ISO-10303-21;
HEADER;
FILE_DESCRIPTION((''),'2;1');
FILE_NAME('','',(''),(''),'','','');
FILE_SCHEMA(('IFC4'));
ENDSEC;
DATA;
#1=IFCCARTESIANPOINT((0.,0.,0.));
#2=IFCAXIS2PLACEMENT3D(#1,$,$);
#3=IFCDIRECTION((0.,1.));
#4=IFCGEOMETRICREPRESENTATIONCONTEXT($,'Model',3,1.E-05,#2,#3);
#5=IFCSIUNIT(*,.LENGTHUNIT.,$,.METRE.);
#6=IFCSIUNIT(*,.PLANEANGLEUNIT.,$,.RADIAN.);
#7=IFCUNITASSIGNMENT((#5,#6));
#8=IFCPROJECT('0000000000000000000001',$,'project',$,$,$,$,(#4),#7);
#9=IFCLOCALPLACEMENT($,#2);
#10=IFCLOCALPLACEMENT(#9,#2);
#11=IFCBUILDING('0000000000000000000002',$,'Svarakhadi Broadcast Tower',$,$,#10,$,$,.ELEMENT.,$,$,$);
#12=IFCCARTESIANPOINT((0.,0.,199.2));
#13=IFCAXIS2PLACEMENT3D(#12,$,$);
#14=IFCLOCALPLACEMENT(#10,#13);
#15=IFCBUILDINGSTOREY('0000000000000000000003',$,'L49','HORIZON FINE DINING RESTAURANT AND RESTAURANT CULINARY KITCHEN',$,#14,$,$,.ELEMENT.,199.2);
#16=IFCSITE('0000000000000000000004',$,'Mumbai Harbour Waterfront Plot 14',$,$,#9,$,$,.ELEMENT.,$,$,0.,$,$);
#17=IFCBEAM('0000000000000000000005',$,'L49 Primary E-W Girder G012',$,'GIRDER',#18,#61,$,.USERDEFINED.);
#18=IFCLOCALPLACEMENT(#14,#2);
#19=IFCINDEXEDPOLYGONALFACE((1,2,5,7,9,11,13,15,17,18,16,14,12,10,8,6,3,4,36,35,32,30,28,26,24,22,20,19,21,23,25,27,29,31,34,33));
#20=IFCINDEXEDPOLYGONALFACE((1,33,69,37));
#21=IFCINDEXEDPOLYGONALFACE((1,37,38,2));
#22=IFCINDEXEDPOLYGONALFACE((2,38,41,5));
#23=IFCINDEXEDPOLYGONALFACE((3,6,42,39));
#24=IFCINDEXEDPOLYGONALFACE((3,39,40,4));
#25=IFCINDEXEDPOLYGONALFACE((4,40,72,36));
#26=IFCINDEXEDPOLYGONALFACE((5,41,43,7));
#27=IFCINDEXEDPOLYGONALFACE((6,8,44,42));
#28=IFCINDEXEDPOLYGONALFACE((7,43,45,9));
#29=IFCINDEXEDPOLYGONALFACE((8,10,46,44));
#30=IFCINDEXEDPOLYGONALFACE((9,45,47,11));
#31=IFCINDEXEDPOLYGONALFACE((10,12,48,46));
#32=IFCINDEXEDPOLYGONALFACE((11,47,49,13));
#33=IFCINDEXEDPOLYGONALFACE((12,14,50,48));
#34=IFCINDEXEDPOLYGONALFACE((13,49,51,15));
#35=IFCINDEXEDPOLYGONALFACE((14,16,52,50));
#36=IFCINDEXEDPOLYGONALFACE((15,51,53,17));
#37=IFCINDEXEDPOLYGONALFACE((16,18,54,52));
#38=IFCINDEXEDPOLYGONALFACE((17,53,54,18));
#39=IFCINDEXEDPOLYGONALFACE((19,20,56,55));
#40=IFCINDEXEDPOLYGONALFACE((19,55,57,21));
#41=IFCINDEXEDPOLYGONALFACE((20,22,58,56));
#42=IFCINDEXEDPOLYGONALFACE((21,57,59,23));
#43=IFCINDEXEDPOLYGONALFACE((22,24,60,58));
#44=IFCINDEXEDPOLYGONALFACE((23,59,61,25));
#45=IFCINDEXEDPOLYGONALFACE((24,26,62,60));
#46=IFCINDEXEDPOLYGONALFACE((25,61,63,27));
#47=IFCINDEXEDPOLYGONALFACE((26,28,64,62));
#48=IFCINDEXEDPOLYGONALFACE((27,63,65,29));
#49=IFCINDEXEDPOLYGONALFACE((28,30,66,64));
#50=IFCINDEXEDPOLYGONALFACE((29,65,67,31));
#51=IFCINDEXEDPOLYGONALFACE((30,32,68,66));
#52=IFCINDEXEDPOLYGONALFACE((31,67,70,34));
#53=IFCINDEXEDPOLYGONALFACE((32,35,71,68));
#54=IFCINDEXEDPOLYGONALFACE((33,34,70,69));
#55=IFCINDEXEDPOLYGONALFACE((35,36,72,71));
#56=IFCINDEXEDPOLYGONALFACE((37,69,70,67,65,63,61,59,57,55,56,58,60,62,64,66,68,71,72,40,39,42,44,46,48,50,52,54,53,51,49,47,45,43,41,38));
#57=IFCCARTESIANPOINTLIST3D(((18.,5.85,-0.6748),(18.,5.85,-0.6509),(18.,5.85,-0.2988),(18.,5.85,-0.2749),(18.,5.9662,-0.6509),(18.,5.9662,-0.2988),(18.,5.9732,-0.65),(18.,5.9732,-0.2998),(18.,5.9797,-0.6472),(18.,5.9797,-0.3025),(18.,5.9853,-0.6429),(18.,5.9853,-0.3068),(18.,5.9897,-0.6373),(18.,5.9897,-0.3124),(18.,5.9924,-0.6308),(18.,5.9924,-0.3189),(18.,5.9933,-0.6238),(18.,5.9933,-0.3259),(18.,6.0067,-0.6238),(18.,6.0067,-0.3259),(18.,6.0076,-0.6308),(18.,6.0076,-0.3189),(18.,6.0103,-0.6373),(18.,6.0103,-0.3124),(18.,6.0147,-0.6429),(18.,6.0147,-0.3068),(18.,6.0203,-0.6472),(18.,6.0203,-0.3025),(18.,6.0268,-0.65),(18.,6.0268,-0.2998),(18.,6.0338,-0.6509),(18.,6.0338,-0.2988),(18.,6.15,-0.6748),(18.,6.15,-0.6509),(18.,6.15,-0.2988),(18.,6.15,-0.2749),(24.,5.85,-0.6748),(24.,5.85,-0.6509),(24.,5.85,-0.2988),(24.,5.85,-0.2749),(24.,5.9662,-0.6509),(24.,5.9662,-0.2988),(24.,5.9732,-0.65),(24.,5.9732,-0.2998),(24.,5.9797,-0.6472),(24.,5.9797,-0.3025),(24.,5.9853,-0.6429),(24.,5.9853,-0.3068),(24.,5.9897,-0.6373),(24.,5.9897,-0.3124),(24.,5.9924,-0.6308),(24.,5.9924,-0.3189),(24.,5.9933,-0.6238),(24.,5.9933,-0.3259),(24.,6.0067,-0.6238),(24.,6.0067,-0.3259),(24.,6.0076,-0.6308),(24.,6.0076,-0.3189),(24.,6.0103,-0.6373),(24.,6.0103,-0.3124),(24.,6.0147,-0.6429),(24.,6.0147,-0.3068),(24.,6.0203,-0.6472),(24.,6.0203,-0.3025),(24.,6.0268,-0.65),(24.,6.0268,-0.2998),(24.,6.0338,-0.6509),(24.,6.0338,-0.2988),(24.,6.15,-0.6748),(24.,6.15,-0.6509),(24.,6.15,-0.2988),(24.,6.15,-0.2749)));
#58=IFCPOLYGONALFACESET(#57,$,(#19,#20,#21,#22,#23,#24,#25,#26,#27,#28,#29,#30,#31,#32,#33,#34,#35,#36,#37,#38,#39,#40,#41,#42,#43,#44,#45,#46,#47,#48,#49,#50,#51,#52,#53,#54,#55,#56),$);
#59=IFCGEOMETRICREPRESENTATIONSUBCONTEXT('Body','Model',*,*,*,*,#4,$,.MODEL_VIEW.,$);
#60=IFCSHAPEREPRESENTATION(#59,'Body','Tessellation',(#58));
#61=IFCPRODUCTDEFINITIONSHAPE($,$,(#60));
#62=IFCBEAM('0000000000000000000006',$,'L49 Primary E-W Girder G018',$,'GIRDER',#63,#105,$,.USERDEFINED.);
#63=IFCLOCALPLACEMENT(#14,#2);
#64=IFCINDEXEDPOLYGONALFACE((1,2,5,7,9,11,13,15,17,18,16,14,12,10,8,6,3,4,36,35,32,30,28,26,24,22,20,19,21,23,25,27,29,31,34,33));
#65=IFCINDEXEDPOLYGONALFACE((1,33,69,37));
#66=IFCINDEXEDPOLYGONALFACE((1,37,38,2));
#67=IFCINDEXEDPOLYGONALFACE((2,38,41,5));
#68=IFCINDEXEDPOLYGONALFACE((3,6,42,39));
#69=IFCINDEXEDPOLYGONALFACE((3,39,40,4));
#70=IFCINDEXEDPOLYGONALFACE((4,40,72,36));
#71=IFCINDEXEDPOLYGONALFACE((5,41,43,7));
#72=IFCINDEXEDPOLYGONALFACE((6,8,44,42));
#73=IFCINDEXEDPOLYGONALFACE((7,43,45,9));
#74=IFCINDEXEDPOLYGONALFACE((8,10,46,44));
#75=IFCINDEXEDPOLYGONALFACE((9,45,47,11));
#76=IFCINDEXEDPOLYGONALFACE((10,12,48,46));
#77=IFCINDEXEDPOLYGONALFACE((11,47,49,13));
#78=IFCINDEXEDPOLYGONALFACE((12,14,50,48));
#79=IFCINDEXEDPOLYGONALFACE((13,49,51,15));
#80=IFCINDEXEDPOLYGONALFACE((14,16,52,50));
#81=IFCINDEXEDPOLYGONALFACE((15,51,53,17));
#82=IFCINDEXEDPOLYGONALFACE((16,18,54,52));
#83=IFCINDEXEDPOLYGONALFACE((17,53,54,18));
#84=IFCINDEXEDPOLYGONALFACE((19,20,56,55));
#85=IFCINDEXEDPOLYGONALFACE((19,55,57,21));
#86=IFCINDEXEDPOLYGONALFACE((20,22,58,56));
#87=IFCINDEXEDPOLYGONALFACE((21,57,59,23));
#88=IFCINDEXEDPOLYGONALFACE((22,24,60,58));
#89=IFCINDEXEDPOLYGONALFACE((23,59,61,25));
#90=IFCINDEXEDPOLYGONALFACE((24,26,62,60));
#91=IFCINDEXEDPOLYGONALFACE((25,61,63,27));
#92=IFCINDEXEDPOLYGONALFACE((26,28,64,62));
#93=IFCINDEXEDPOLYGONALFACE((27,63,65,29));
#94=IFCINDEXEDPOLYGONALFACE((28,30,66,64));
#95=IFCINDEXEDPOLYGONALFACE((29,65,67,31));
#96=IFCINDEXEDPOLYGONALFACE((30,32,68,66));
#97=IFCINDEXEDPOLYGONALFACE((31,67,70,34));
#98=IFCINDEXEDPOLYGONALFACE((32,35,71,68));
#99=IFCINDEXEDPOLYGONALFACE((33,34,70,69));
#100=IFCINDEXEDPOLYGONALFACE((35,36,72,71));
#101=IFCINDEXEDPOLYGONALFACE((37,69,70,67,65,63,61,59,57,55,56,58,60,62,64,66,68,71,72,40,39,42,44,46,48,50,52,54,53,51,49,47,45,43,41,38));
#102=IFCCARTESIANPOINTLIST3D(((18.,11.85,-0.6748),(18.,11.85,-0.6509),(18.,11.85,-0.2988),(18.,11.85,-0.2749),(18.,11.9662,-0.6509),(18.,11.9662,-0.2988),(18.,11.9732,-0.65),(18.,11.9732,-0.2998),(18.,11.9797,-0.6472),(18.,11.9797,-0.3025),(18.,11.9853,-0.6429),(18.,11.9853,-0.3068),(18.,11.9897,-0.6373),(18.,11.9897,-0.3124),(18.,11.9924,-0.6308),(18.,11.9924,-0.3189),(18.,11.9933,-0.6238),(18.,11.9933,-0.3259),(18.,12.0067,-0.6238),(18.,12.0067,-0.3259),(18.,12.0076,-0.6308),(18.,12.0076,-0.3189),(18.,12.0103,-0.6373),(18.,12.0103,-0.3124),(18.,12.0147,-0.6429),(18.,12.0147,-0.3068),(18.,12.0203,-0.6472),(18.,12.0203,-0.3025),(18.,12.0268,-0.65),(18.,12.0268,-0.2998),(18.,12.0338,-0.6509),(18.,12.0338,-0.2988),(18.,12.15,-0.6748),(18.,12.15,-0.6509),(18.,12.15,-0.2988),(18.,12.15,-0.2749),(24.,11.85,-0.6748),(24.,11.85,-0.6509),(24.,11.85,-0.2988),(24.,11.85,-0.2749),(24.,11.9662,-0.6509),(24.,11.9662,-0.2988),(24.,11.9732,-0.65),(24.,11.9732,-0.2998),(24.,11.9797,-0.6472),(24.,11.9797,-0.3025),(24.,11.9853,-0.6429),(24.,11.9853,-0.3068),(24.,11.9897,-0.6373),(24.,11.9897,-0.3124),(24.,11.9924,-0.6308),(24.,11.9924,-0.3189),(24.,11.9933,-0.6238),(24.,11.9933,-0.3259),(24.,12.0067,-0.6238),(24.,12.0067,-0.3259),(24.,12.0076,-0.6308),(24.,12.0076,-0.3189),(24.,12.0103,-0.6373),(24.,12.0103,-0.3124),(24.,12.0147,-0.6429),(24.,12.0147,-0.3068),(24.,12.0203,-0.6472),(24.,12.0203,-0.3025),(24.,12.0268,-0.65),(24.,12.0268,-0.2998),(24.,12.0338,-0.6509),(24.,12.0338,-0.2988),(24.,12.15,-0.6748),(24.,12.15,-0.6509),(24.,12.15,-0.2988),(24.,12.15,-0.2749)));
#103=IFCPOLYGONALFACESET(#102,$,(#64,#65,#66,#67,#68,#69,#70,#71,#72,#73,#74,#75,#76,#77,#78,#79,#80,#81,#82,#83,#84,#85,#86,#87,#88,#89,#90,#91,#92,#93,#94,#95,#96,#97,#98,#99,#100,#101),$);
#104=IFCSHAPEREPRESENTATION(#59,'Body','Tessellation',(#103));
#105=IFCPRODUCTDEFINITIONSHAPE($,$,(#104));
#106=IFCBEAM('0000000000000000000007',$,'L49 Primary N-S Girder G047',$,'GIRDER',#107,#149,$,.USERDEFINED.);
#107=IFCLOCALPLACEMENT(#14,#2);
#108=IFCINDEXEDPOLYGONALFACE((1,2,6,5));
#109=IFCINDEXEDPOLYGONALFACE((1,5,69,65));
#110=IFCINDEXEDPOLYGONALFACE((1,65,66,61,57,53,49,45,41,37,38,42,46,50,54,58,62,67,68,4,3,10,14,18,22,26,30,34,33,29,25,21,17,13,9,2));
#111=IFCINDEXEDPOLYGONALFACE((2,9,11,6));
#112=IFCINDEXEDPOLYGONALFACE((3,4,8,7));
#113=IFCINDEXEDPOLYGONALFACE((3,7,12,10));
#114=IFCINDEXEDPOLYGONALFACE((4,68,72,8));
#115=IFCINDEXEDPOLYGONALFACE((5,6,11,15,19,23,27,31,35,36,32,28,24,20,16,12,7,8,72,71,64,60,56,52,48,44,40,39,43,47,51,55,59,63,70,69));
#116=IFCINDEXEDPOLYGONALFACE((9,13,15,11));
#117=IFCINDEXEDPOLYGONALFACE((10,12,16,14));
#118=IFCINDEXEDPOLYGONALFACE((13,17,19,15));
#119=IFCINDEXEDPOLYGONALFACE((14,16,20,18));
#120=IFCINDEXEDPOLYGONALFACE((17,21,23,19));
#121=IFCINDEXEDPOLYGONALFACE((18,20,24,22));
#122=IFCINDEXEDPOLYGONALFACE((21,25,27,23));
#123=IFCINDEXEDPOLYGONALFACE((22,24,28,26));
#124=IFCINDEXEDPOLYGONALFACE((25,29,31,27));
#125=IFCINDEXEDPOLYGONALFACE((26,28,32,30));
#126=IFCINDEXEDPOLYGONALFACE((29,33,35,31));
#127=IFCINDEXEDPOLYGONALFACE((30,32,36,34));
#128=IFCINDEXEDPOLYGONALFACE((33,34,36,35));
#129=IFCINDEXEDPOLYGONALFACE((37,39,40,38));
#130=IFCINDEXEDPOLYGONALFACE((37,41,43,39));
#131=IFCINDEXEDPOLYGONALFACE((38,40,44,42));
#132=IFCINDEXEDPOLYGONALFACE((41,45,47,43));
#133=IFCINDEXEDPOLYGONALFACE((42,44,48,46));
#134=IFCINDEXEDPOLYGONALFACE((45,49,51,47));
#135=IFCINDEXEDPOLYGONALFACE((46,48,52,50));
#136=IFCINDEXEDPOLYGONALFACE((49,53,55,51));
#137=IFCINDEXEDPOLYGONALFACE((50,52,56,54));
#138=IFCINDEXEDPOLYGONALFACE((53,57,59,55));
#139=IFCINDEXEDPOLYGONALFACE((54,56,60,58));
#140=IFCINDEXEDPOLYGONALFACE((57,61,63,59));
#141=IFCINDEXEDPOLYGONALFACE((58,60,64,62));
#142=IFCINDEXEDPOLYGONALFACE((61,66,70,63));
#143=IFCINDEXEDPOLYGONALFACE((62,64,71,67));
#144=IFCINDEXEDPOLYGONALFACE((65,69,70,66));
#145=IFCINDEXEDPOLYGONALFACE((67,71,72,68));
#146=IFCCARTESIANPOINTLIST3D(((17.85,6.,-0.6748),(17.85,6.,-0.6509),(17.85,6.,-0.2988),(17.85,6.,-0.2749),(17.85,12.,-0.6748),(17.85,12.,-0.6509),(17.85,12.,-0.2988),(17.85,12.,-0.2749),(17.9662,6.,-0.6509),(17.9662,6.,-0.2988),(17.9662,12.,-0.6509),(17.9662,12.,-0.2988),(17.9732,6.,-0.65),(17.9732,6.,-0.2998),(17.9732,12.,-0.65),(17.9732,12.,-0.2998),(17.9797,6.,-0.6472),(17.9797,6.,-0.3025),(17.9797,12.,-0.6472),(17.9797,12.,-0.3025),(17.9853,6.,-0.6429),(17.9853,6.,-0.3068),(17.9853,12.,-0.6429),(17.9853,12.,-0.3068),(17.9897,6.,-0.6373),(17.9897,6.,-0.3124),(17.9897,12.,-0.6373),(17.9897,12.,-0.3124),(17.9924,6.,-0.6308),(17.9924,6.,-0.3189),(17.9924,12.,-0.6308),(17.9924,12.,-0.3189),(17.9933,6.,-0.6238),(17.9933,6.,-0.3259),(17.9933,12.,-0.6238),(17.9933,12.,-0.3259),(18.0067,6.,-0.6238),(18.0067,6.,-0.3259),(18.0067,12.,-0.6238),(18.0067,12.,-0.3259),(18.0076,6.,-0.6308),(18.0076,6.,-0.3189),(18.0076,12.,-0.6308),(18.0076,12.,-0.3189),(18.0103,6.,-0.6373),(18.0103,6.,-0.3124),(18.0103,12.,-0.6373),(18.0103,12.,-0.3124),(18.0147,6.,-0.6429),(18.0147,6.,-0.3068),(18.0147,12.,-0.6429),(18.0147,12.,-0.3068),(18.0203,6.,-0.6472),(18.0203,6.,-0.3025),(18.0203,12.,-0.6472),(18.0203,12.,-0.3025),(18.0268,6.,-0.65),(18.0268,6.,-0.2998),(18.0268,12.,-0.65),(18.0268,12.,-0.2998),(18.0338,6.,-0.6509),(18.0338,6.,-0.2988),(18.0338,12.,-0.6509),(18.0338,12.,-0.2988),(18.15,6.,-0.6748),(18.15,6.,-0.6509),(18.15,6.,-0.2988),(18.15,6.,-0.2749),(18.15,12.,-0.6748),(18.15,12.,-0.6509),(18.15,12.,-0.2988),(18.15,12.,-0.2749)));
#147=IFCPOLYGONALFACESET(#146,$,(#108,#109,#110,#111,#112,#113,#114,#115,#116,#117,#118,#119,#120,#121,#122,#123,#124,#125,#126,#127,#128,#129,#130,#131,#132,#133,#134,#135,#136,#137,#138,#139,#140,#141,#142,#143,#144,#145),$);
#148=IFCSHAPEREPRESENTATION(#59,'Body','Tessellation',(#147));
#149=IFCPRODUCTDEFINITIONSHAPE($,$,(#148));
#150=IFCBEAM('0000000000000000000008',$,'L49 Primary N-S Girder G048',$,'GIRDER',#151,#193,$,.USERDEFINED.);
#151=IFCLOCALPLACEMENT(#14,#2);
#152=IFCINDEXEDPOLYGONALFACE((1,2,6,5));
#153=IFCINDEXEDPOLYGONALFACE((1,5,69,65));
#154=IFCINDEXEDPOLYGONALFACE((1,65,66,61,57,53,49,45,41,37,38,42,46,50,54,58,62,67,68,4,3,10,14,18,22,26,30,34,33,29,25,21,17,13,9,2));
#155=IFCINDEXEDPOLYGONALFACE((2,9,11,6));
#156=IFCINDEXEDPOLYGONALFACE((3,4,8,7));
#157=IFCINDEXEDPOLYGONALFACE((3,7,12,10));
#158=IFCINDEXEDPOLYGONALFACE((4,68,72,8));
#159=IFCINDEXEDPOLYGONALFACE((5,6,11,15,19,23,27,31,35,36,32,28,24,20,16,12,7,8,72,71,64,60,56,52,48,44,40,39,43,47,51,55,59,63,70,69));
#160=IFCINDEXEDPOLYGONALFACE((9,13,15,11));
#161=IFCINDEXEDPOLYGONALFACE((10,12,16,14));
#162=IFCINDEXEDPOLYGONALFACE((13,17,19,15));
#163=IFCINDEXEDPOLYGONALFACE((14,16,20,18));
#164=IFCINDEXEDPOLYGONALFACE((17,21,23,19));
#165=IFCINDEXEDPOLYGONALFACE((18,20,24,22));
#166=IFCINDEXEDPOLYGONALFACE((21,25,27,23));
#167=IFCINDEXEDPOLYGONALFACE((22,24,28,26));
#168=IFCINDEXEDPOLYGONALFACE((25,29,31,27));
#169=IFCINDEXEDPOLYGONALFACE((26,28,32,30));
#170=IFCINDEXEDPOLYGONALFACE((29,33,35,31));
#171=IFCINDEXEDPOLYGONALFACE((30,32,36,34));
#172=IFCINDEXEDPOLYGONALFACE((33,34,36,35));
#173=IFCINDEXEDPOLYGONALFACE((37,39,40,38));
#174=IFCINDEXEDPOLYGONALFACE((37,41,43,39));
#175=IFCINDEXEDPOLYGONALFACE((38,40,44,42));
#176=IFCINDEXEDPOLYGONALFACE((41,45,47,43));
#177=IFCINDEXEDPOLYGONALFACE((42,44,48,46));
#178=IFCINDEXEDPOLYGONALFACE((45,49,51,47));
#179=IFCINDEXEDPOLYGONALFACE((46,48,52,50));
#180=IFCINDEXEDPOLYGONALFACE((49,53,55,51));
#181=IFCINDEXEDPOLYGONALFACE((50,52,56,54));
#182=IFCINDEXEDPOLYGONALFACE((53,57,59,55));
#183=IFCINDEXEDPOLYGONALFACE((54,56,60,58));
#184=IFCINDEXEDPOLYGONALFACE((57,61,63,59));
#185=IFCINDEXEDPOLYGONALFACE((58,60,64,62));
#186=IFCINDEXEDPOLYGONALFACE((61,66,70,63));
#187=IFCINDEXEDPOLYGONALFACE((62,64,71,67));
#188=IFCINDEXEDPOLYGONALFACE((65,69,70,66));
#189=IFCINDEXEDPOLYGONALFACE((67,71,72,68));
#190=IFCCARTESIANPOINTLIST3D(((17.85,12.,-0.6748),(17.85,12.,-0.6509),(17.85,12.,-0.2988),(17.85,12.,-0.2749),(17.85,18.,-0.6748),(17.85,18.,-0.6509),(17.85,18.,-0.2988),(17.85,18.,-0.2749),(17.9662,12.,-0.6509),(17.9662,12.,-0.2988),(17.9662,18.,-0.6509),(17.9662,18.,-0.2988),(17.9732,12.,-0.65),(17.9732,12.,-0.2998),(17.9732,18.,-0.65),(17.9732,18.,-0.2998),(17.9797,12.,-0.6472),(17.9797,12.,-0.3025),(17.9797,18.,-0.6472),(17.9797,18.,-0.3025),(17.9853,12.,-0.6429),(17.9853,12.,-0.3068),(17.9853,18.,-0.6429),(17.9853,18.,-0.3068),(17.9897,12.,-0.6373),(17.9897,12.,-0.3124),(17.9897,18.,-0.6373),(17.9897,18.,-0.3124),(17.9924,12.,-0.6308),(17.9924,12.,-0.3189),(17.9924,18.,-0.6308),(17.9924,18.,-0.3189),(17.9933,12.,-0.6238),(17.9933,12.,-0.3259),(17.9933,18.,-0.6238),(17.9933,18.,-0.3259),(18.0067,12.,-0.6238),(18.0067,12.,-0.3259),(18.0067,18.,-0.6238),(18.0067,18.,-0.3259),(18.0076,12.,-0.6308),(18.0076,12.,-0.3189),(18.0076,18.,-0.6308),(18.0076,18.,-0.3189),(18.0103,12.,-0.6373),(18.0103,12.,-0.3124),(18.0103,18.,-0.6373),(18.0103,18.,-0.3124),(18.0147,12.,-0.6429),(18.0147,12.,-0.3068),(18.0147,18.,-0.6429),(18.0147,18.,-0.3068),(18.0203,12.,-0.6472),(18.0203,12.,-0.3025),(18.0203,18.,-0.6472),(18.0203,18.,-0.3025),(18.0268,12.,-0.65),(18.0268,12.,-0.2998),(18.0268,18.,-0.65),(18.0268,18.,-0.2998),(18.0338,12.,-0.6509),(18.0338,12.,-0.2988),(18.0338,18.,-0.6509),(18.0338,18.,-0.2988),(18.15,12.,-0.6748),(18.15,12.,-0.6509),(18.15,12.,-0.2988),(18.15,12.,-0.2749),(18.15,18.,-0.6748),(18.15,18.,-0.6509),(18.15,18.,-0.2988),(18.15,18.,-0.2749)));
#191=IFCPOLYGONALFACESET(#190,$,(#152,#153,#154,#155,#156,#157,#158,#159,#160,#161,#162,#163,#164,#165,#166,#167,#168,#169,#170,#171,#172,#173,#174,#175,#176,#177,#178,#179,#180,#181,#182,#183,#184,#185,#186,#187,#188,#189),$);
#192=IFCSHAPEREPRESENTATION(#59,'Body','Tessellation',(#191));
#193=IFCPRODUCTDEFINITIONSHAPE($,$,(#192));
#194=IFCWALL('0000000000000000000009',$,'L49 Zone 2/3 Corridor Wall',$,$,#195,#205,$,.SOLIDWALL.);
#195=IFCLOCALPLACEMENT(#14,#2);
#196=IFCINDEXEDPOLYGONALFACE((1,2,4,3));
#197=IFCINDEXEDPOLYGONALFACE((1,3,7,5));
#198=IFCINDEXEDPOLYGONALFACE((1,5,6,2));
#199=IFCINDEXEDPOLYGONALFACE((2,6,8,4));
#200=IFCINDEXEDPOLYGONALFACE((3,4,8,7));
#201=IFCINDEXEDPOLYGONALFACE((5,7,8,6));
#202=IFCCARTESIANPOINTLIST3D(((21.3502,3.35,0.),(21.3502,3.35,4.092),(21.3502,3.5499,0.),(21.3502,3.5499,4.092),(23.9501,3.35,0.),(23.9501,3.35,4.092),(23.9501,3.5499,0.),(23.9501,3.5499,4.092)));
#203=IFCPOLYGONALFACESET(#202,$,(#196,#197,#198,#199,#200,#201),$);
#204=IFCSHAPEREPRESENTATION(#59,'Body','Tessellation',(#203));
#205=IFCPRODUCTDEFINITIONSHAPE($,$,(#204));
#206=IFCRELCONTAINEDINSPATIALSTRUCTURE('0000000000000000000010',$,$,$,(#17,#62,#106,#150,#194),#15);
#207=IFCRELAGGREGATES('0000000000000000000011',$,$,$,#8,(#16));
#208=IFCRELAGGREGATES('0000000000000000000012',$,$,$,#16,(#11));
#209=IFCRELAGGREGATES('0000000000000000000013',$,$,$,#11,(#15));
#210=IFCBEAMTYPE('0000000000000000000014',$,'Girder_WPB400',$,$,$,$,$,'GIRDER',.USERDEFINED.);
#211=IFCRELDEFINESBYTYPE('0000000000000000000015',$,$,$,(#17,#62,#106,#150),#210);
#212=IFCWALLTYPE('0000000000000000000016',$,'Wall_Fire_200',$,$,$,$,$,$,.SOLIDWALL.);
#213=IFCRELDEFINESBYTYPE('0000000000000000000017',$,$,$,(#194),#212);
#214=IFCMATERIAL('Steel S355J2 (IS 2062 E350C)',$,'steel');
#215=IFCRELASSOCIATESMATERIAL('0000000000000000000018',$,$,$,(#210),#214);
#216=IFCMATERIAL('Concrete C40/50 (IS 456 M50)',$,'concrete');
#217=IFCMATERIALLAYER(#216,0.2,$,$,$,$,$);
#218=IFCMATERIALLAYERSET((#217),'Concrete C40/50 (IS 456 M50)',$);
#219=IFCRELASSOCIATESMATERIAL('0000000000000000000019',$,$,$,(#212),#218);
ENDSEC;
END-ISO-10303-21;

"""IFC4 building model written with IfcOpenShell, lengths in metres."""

from ifc_helpers import new_model, si_unit, direction, frame, frame_2d, origin, origin_2d, place, context, subcontext, project, spatial, rectangle, i_section, extrude, material, layer, layer_set, material_profile, profile_set, type_object, element, save


model = new_model("IFC4")

# Units and contexts
model_context = context("Model", 3, precision=1e-05, world=origin(), true_north=direction((0.0, 1.0)))
body_context = subcontext(model_context, "Body", "Model", "MODEL_VIEW")
ifc_project = project(units=[si_unit("LENGTHUNIT", "METRE"), si_unit("PLANEANGLEUNIT", "RADIAN")], contexts=[model_context])

# Site, building, storey
site_placement = place(None, origin())
site = spatial("IfcSite", under=ifc_project, at=site_placement, Name="Mumbai Harbour Waterfront Plot 14", CompositionType="ELEMENT", RefElevation=0.0)
building_placement = place(site_placement, origin())
building = spatial("IfcBuilding", under=site, at=building_placement, Name="Svarakhadi Broadcast Tower", CompositionType="ELEMENT")
storey_placement = place(building_placement, frame((0.0, 0.0, 199.2)))
storey = spatial("IfcBuildingStorey", under=building, at=storey_placement, Name="L49", Description="HORIZON FINE DINING RESTAURANT AND RESTAURANT CULINARY KITCHEN", CompositionType="ELEMENT", Elevation=199.2)

# Beams
ifc_material_1 = material(Name="Steel S355J2 (IS 2062 E350C)", Category="steel")
ifc_material_profile_1 = material_profile(ifc_material_1, i_section(OverallWidth=0.3, OverallDepth=0.3999, WebThickness=0.0134, FlangeThickness=0.0239, FilletRadius=0.0271, at=origin_2d()), Name="WPB 400x300x155")
ifc_profile_set_1 = profile_set([ifc_material_profile_1], Name="Steel S355J2 (IS 2062 E350C)")
beam_type_1 = type_object("IfcBeamType", Name="Girder_WPB400", ElementType="GIRDER", PredefinedType="USERDEFINED", material=ifc_profile_set_1)
for number, where, z_axis, x_axis, name in (
    (1, (18.0, 6.0, -0.4749), (1.0, 0.0, 0.0), (0.0, 1.0, 0.0), "L49 Primary E-W Girder G012"),
    (2, (18.0, 12.0, -0.4749), (1.0, 0.0, 0.0), (0.0, 1.0, 0.0), "L49 Primary E-W Girder G018"),
    (3, (18.0, 6.0, -0.4749), (0.0, 1.0, 0.0), (-1.0, 0.0, 0.0), "L49 Primary N-S Girder G047"),
    (4, (18.0, 12.0, -0.4749), (0.0, 1.0, 0.0), (-1.0, 0.0, 0.0), "L49 Primary N-S Girder G048"),
):
    element("IfcBeam", number, at=place(storey_placement, frame(where, z_axis=z_axis, x_axis=x_axis)), inside=storey, type_object=beam_type_1, Name=name, ObjectType="GIRDER", PredefinedType="USERDEFINED", context=body_context, shape_type="SweptSolid", body=[
        extrude(i_section(OverallWidth=0.3, OverallDepth=0.3999, WebThickness=0.0134, FlangeThickness=0.0239, FilletRadius=0.0271, at=origin_2d()), origin(), (0.0, 0.0, 1.0), 6.0),
    ])

# Wall
ifc_material_2 = material(Name="Concrete C40/50 (IS 456 M50)", Category="concrete")
ifc_layer_1 = layer(ifc_material_2, 0.2)
ifc_layer_set_1 = layer_set([ifc_layer_1], Name="Concrete C40/50 (IS 456 M50)")
wall_type_1 = type_object("IfcWallType", Name="Wall_Fire_200", PredefinedType="SOLIDWALL", material=ifc_layer_set_1)
wall_1_placement = place(storey_placement, frame((23.95, 3.45, 0.0), z_axis=(0.0, 0.0, 1.0), x_axis=(-1.0, 0.0, 0.0)))
element("IfcWall", 5, at=wall_1_placement, inside=storey, type_object=wall_type_1, Name="L49 Zone 2/3 Corridor Wall", PredefinedType="SOLIDWALL", context=body_context, shape_type="SweptSolid", body=[
    extrude(rectangle(XDim=2.5999, YDim=0.2, at=frame_2d((1.2998, 0.0))), origin(), (0.0, 0.0, 1.0), 4.092),
])

save(model, "model.ifc")
